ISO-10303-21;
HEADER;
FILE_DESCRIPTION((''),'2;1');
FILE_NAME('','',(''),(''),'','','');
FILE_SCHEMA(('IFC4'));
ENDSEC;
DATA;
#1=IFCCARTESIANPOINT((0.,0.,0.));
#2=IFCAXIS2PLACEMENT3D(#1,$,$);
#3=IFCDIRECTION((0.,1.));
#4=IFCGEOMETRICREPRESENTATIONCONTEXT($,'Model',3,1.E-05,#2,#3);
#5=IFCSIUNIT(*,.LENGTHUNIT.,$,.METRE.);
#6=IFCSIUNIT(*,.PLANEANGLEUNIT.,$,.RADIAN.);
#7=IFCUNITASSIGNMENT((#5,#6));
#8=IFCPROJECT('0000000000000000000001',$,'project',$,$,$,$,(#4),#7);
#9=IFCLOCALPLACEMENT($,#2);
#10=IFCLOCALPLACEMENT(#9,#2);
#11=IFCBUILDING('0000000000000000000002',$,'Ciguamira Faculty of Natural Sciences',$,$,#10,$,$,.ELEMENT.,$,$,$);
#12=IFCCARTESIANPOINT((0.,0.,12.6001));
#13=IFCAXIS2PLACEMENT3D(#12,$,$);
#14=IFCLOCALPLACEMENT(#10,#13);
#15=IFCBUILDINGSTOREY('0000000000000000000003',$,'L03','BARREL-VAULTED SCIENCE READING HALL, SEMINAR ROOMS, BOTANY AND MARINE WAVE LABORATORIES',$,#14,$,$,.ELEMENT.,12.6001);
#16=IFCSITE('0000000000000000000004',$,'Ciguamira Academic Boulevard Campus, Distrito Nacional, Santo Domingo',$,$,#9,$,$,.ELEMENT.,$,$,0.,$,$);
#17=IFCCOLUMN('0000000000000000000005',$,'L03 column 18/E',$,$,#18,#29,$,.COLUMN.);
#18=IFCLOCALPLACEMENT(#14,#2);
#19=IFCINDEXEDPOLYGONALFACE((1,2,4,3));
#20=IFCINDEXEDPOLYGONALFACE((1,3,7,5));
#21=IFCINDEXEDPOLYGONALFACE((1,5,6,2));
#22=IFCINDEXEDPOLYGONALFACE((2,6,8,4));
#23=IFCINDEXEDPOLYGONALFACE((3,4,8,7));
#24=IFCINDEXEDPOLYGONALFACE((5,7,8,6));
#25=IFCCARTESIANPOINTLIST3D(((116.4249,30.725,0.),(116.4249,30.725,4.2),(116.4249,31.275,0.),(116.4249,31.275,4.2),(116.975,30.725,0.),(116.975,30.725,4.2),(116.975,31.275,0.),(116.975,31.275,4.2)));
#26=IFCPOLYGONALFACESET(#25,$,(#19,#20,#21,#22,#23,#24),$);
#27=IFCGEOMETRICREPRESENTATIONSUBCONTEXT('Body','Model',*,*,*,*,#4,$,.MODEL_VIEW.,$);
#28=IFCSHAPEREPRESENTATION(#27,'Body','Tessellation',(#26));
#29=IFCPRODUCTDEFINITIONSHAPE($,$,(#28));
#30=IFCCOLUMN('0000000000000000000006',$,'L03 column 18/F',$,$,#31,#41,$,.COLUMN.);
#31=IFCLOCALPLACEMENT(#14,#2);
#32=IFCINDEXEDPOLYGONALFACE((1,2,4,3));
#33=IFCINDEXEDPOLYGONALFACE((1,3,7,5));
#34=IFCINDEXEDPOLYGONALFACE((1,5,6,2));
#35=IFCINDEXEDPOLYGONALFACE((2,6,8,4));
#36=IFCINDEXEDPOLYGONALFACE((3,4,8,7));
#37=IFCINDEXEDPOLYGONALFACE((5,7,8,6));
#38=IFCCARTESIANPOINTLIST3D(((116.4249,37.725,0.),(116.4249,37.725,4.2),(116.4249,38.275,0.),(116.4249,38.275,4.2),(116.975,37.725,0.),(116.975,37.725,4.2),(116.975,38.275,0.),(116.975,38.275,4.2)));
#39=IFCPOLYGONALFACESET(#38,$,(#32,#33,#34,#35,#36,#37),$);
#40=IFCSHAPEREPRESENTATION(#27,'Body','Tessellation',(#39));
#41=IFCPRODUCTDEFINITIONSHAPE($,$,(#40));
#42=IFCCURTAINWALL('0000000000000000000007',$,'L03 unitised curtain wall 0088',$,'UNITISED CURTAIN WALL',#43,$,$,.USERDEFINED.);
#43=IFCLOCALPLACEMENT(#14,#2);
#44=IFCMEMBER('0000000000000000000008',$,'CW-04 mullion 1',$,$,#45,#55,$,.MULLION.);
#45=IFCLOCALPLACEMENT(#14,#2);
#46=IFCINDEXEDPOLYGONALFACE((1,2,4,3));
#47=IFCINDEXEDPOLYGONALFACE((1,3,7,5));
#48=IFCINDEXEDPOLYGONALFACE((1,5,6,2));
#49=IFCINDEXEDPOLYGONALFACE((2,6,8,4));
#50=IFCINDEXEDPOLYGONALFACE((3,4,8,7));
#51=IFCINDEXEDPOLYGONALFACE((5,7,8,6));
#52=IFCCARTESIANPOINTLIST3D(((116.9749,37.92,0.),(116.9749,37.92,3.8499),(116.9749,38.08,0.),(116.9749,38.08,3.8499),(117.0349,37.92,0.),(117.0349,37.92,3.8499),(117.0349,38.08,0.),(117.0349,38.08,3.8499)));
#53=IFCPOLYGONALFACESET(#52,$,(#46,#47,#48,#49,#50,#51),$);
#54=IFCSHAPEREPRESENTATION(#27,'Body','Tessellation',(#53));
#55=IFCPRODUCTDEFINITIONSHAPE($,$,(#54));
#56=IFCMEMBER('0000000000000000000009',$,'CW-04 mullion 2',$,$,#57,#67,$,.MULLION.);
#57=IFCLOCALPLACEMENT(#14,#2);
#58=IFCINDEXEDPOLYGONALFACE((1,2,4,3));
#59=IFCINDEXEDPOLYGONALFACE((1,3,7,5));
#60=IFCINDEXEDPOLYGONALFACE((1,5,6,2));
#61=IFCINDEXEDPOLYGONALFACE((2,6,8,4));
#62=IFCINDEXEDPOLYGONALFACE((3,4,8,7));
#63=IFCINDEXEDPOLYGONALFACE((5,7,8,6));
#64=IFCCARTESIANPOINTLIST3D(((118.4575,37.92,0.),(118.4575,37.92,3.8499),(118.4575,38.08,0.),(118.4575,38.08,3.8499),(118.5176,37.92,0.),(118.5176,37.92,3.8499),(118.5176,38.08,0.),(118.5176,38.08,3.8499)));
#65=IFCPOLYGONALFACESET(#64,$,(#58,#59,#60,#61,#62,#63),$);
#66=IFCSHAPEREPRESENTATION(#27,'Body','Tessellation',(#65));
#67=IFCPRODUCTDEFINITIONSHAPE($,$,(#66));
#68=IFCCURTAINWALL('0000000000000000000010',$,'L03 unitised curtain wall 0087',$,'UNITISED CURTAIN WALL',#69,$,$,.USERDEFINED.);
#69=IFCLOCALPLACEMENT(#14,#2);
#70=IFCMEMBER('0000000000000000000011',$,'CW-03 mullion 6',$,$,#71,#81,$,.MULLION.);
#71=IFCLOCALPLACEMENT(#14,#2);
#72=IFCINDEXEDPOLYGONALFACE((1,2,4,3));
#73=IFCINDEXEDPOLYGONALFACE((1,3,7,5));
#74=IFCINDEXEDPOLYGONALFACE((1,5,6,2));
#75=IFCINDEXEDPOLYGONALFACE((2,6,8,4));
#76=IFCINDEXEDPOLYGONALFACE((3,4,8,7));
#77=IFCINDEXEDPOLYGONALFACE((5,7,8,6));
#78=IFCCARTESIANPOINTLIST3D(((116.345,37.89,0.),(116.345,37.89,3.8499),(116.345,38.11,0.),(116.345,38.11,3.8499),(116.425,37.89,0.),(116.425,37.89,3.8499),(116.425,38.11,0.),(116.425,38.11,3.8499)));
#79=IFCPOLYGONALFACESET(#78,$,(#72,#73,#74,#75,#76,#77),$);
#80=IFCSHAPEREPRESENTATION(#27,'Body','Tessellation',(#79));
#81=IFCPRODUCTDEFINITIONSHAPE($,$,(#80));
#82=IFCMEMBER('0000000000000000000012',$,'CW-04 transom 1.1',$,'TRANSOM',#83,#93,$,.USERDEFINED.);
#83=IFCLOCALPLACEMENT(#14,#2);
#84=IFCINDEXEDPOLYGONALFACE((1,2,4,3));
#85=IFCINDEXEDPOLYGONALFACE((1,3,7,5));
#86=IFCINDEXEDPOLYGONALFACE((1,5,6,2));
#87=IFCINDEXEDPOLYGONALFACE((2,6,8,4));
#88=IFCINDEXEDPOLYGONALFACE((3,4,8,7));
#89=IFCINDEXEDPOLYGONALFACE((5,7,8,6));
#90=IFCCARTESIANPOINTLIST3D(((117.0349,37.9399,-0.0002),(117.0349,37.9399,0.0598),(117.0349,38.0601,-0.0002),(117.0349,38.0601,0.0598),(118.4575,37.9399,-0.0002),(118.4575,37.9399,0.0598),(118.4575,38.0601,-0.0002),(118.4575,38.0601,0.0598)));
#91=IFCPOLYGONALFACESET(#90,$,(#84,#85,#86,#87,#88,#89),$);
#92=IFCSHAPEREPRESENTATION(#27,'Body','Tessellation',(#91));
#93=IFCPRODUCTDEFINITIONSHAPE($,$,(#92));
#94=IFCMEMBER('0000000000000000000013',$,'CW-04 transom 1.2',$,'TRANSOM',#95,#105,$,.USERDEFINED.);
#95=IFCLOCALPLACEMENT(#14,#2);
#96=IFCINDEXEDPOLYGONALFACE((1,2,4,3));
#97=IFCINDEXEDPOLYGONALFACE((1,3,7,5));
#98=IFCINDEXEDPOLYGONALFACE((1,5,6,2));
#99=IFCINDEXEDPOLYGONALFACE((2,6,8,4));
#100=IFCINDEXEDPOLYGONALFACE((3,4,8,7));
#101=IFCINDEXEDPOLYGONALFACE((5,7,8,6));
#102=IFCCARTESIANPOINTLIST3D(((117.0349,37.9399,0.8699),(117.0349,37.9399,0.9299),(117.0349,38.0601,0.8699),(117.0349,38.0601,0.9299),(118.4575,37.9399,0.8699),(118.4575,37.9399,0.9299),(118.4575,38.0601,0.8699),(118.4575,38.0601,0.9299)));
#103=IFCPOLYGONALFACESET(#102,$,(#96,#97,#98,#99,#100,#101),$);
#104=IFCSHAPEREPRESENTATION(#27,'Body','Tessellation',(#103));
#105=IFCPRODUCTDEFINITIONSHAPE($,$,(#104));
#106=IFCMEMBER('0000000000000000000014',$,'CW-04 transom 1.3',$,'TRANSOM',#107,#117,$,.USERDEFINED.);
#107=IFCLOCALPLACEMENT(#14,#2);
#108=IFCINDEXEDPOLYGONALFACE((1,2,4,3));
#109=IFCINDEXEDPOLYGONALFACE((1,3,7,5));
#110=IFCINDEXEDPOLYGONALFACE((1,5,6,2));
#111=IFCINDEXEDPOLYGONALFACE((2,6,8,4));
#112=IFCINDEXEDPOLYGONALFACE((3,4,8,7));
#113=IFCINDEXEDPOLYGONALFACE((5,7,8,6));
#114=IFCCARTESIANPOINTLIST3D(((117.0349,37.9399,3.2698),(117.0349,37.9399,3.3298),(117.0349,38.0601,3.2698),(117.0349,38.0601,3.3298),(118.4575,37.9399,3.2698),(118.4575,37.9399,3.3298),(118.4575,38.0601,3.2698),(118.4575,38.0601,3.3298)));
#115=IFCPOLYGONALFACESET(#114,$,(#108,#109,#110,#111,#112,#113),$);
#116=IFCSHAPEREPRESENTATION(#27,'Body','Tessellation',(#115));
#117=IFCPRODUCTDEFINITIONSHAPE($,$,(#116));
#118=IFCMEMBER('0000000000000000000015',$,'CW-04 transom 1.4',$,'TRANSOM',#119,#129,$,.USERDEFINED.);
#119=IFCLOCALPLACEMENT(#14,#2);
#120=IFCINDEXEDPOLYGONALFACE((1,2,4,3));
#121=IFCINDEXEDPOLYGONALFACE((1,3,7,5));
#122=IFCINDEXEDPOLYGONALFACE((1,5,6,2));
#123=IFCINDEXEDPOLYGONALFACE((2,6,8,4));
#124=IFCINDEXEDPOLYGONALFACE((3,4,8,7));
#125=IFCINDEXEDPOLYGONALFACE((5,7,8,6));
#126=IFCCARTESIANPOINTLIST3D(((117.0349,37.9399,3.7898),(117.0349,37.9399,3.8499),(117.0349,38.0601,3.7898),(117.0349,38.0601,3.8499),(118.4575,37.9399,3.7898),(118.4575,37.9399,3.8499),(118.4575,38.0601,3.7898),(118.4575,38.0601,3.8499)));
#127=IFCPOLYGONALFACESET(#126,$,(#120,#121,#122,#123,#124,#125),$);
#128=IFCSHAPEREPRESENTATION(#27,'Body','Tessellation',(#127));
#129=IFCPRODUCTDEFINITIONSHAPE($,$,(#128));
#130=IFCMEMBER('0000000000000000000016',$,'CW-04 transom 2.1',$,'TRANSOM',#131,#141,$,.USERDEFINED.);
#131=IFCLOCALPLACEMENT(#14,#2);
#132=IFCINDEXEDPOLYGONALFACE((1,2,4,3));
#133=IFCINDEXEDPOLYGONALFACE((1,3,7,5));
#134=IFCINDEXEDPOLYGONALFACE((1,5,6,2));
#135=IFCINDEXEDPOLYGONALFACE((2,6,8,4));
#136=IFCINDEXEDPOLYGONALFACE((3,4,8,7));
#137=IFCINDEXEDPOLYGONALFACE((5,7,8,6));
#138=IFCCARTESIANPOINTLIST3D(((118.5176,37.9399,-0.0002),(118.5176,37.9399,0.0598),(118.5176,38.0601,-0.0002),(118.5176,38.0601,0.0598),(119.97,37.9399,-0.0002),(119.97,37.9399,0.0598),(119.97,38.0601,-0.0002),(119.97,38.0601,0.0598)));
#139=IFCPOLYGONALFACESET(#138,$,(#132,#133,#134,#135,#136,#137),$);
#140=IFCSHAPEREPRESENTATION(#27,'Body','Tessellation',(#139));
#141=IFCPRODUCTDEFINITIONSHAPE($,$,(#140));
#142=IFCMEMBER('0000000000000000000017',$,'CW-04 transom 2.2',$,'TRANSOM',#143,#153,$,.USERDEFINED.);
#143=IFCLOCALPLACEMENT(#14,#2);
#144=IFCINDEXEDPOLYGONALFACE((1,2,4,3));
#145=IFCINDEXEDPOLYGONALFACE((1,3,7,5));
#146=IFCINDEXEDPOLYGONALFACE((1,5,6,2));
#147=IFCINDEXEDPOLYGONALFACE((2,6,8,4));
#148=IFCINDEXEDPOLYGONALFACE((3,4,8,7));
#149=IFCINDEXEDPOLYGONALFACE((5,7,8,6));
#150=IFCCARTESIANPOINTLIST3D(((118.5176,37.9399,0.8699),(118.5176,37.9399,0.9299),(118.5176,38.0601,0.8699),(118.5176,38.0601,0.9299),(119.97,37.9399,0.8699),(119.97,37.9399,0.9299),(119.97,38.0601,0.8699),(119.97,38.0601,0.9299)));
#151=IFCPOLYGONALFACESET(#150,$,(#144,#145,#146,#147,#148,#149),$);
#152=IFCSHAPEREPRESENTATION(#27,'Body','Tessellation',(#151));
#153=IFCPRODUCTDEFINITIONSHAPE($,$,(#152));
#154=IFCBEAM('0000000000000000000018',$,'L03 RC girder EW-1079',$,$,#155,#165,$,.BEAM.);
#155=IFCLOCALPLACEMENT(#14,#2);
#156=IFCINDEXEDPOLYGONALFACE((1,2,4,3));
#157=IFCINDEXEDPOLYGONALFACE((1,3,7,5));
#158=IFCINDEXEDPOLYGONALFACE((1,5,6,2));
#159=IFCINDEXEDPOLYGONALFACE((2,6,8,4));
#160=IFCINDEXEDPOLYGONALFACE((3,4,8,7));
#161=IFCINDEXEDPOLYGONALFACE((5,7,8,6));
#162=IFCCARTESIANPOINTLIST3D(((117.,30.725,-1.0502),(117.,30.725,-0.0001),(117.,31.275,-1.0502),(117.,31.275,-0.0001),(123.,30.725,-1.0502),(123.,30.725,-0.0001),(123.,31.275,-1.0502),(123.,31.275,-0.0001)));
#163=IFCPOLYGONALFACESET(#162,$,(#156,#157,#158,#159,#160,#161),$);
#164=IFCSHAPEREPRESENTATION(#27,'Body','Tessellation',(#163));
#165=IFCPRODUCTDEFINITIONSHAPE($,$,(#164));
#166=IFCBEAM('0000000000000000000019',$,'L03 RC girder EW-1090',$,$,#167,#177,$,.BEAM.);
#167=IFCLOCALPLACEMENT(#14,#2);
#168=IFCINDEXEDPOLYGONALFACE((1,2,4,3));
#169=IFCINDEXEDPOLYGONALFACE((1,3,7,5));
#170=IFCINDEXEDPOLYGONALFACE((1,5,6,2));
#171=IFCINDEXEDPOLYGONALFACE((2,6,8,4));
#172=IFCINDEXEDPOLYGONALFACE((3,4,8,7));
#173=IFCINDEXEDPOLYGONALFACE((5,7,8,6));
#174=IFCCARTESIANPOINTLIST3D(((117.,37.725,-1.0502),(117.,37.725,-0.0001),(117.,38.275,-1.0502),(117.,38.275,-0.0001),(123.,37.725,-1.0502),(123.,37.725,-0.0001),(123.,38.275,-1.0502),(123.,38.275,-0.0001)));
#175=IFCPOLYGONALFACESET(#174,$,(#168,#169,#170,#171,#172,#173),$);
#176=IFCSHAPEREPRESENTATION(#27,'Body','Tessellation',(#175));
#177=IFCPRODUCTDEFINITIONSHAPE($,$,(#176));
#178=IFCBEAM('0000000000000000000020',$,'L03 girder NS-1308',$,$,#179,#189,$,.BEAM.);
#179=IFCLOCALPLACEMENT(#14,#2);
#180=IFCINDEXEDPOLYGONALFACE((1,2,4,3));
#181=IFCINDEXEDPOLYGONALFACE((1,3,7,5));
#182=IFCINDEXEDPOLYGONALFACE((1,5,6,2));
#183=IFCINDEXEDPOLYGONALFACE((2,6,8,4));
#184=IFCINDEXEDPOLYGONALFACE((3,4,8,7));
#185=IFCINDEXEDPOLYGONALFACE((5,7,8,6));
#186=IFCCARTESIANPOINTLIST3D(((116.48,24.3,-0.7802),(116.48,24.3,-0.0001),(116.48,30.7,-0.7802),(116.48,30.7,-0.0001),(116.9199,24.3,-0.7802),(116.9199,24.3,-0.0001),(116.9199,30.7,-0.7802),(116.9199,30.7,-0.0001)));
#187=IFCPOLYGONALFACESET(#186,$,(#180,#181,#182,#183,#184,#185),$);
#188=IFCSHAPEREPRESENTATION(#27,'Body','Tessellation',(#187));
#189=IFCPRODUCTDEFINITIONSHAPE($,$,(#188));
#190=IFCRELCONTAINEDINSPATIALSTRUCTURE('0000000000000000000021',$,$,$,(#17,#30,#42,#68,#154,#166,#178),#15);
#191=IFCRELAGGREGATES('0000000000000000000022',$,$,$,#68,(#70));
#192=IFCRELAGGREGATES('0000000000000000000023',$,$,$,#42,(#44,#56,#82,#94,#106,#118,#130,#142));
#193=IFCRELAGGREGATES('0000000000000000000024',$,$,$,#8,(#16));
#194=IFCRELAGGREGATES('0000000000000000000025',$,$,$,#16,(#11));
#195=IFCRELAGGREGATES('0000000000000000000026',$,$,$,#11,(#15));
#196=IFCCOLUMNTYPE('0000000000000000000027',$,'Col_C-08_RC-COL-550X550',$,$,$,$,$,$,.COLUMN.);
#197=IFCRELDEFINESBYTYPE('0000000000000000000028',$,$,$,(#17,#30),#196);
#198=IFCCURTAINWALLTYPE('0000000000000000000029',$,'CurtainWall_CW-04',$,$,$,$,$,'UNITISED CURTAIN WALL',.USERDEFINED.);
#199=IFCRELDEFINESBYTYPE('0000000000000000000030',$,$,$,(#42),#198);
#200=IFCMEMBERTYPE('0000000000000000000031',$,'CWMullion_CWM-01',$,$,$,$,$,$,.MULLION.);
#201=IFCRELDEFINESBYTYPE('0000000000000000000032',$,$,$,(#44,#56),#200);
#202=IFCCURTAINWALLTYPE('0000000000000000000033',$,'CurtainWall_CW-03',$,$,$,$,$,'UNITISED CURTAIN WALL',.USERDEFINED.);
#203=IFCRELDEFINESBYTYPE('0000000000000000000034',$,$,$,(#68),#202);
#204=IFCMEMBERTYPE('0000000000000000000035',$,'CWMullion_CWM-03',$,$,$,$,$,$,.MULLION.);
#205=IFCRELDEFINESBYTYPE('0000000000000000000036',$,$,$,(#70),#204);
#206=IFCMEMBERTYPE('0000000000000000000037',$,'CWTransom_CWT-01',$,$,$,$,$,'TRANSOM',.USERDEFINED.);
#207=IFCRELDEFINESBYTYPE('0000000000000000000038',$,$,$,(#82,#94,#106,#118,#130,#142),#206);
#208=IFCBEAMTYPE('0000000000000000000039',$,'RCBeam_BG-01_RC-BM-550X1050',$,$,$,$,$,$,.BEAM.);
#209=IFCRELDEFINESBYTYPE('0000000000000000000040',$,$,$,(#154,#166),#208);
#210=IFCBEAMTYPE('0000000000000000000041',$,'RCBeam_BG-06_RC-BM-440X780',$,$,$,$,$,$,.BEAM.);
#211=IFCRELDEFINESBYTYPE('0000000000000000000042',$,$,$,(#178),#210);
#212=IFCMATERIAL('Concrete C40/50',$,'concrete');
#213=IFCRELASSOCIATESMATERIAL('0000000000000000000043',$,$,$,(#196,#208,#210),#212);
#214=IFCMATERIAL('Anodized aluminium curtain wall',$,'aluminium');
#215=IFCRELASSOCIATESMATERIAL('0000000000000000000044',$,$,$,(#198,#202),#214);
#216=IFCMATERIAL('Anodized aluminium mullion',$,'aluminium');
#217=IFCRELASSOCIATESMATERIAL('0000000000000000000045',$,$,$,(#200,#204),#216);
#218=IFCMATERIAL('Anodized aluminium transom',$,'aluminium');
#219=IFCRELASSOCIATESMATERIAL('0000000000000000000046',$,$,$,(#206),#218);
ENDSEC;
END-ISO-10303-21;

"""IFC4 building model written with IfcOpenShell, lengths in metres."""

from ifc_helpers import new_model, si_unit, direction, frame, origin, origin_2d, place, context, subcontext, project, spatial, rectangle, extrude, material, material_profile, profile_set, type_object, element, aggregate, save


model = new_model("IFC4")

# Units and contexts
model_context = context("Model", 3, precision=1e-05, world=origin(), true_north=direction((0.0, 1.0)))
body_context = subcontext(model_context, "Body", "Model", "MODEL_VIEW")
ifc_project = project(units=[si_unit("LENGTHUNIT", "METRE"), si_unit("PLANEANGLEUNIT", "RADIAN")], contexts=[model_context])

# Site, building, storey
site_placement = place(None, origin())
site = spatial("IfcSite", under=ifc_project, at=site_placement, Name="Ciguamira Academic Boulevard Campus, Distrito Nacional, Santo Domingo", CompositionType="ELEMENT", RefElevation=0.0)
building_placement = place(site_placement, origin())
building = spatial("IfcBuilding", under=site, at=building_placement, Name="Ciguamira Faculty of Natural Sciences", CompositionType="ELEMENT")
storey_placement = place(building_placement, frame((0.0, 0.0, 12.6001)))
storey = spatial("IfcBuildingStorey", under=building, at=storey_placement, Name="L03", Description="BARREL-VAULTED SCIENCE READING HALL, SEMINAR ROOMS, BOTANY AND MARINE WAVE LABORATORIES", CompositionType="ELEMENT", Elevation=12.6001)

# Columns
ifc_material_1 = material(Name="Concrete C40/50", Category="concrete")
ifc_material_profile_1 = material_profile(ifc_material_1, rectangle(XDim=0.55, YDim=0.55, at=origin_2d()), Name="RC-COL-550X550")
ifc_profile_set_1 = profile_set([ifc_material_profile_1], Name="Concrete C40/50")
column_type = type_object("IfcColumnType", Name="Col_C-08_RC-COL-550X550", PredefinedType="COLUMN", material=ifc_profile_set_1)
for number, where, z_axis, x_axis, name in (
    (1, (116.7, 31.0, 0.0), (0.0, 0.0, 1.0), (1.0, 0.0, 0.0), "L03 column 18/E"),
    (2, (116.7, 38.0, 0.0), (0.0, 0.0, 1.0), (1.0, 0.0, 0.0), "L03 column 18/F"),
):
    element("IfcColumn", number, at=place(storey_placement, frame(where, z_axis=z_axis, x_axis=x_axis)), inside=storey, type_object=column_type, Name=name, PredefinedType="COLUMN", context=body_context, shape_type="SweptSolid", body=[
        extrude(rectangle(XDim=0.55, YDim=0.55, at=origin_2d()), origin(), (0.0, 0.0, 1.0), 4.2),
    ])

# Curtain wall, members
ifc_material_2 = material(Name="Anodized aluminium curtain wall", Category="aluminium")
curtain_wall_type_1 = type_object("IfcCurtainWallType", Name="CurtainWall_CW-04", ElementType="UNITISED CURTAIN WALL", PredefinedType="USERDEFINED", material=ifc_material_2)
curtain_wall_1_placement = place(storey_placement, origin())
curtain_wall_1 = element("IfcCurtainWall", 3, at=curtain_wall_1_placement, inside=storey, type_object=curtain_wall_type_1, Name="L03 unitised curtain wall 0088", ObjectType="UNITISED CURTAIN WALL", PredefinedType="USERDEFINED")
ifc_material_3 = material(Name="Anodized aluminium mullion", Category="aluminium")
ifc_material_profile_2 = material_profile(ifc_material_3, rectangle(XDim=0.0601, YDim=0.1599, at=origin_2d()), Name="ALU-MUL-60X160")
ifc_profile_set_2 = profile_set([ifc_material_profile_2], Name="Anodized aluminium mullion")
member_type_1 = type_object("IfcMemberType", Name="CWMullion_CWM-01", PredefinedType="MULLION", material=ifc_profile_set_2)
member_1_placement = place(storey_placement, frame((117.0049, 38.0, 0.0), z_axis=(0.0, 0.0, 1.0), x_axis=(1.0, 0.0, 0.0)))
member_1 = element("IfcMember", 4, at=member_1_placement, type_object=member_type_1, Name="CW-04 mullion 1", PredefinedType="MULLION", context=body_context, shape_type="SweptSolid", body=[
    extrude(rectangle(XDim=0.0601, YDim=0.1599, at=origin_2d()), origin(), (0.0, 0.0, 1.0), 3.8499),
])
member_2_placement = place(storey_placement, frame((118.4875, 38.0, 0.0), z_axis=(0.0, 0.0, 1.0), x_axis=(1.0, 0.0, 0.0)))
member_2 = element("IfcMember", 5, at=member_2_placement, type_object=member_type_1, Name="CW-04 mullion 2", PredefinedType="MULLION", context=body_context, shape_type="SweptSolid", body=[
    extrude(rectangle(XDim=0.0601, YDim=0.1599, at=origin_2d()), origin(), (0.0, 0.0, 1.0), 3.8499),
])

# Curtain wall, member
curtain_wall_type_2 = type_object("IfcCurtainWallType", Name="CurtainWall_CW-03", ElementType="UNITISED CURTAIN WALL", PredefinedType="USERDEFINED", material=ifc_material_2)
curtain_wall_2_placement = place(storey_placement, origin())
curtain_wall_2 = element("IfcCurtainWall", 6, at=curtain_wall_2_placement, inside=storey, type_object=curtain_wall_type_2, Name="L03 unitised curtain wall 0087", ObjectType="UNITISED CURTAIN WALL", PredefinedType="USERDEFINED")
ifc_material_profile_3 = material_profile(ifc_material_3, rectangle(XDim=0.0801, YDim=0.22, at=origin_2d()), Name="ALU-MUL-80X220")
ifc_profile_set_3 = profile_set([ifc_material_profile_3], Name="Anodized aluminium mullion")
member_type_2 = type_object("IfcMemberType", Name="CWMullion_CWM-03", PredefinedType="MULLION", material=ifc_profile_set_3)
member_3_placement = place(storey_placement, frame((116.385, 38.0, 0.0), z_axis=(0.0, 0.0, 1.0), x_axis=(1.0, 0.0, 0.0)))
member_3 = element("IfcMember", 7, at=member_3_placement, type_object=member_type_2, Name="CW-03 mullion 6", PredefinedType="MULLION", context=body_context, shape_type="SweptSolid", body=[
    extrude(rectangle(XDim=0.0801, YDim=0.22, at=origin_2d()), origin(), (0.0, 0.0, 1.0), 3.8499),
])
aggregate(curtain_wall_2, [member_3])

# Members
ifc_material_4 = material(Name="Anodized aluminium transom", Category="aluminium")
ifc_material_profile_4 = material_profile(ifc_material_4, rectangle(XDim=0.0601, YDim=0.1201, at=origin_2d()), Name="ALU-TRN-60X120")
ifc_profile_set_4 = profile_set([ifc_material_profile_4], Name="Anodized aluminium transom")
member_type_3 = type_object("IfcMemberType", Name="CWTransom_CWT-01", ElementType="TRANSOM", PredefinedType="USERDEFINED", material=ifc_profile_set_4)
member_4_placement = place(storey_placement, frame((117.0349, 38.0, 0.0298), z_axis=(1.0, 0.0, 0.0), x_axis=(0.0, 0.0, 1.0)))
member_4 = element("IfcMember", 8, at=member_4_placement, type_object=member_type_3, Name="CW-04 transom 1.1", ObjectType="TRANSOM", PredefinedType="USERDEFINED", context=body_context, shape_type="SweptSolid", body=[
    extrude(rectangle(XDim=0.0601, YDim=0.1201, at=origin_2d()), origin(), (0.0, 0.0, 1.0), 1.4226),
])
member_5_placement = place(storey_placement, frame((117.0349, 38.0, 0.8999), z_axis=(1.0, 0.0, 0.0), x_axis=(0.0, 0.0, 1.0)))
member_5 = element("IfcMember", 9, at=member_5_placement, type_object=member_type_3, Name="CW-04 transom 1.2", ObjectType="TRANSOM", PredefinedType="USERDEFINED", context=body_context, shape_type="SweptSolid", body=[
    extrude(rectangle(XDim=0.0601, YDim=0.1201, at=origin_2d()), origin(), (0.0, 0.0, 1.0), 1.4226),
])
member_6_placement = place(storey_placement, frame((117.0349, 38.0, 3.2998), z_axis=(1.0, 0.0, 0.0), x_axis=(0.0, 0.0, 1.0)))
member_6 = element("IfcMember", 10, at=member_6_placement, type_object=member_type_3, Name="CW-04 transom 1.3", ObjectType="TRANSOM", PredefinedType="USERDEFINED", context=body_context, shape_type="SweptSolid", body=[
    extrude(rectangle(XDim=0.0601, YDim=0.1201, at=origin_2d()), origin(), (0.0, 0.0, 1.0), 1.4226),
])
member_7_placement = place(storey_placement, frame((117.0349, 38.0, 3.8198), z_axis=(1.0, 0.0, 0.0), x_axis=(0.0, 0.0, 1.0)))
member_7 = element("IfcMember", 11, at=member_7_placement, type_object=member_type_3, Name="CW-04 transom 1.4", ObjectType="TRANSOM", PredefinedType="USERDEFINED", context=body_context, shape_type="SweptSolid", body=[
    extrude(rectangle(XDim=0.0601, YDim=0.1201, at=origin_2d()), origin(), (0.0, 0.0, 1.0), 1.4226),
])
member_8_placement = place(storey_placement, frame((118.5176, 38.0, 0.0298), z_axis=(1.0, 0.0, 0.0), x_axis=(0.0, 0.0, 1.0)))
member_8 = element("IfcMember", 12, at=member_8_placement, type_object=member_type_3, Name="CW-04 transom 2.1", ObjectType="TRANSOM", PredefinedType="USERDEFINED", context=body_context, shape_type="SweptSolid", body=[
    extrude(rectangle(XDim=0.0601, YDim=0.1201, at=origin_2d()), origin(), (0.0, 0.0, 1.0), 1.4524),
])
member_9_placement = place(storey_placement, frame((118.5176, 38.0, 0.8999), z_axis=(1.0, 0.0, 0.0), x_axis=(0.0, 0.0, 1.0)))
member_9 = element("IfcMember", 13, at=member_9_placement, type_object=member_type_3, Name="CW-04 transom 2.2", ObjectType="TRANSOM", PredefinedType="USERDEFINED", context=body_context, shape_type="SweptSolid", body=[
    extrude(rectangle(XDim=0.0601, YDim=0.1201, at=origin_2d()), origin(), (0.0, 0.0, 1.0), 1.4524),
])

# Beams
ifc_material_profile_5 = material_profile(ifc_material_1, rectangle(XDim=0.55, YDim=1.05, at=origin_2d()), Name="RC-BM-550X1050")
ifc_profile_set_5 = profile_set([ifc_material_profile_5], Name="Concrete C40/50")
beam_type_1 = type_object("IfcBeamType", Name="RCBeam_BG-01_RC-BM-550X1050", PredefinedType="BEAM", material=ifc_profile_set_5)
for number, where, z_axis, x_axis, name in (
    (14, (117.0, 31.0, -0.5251), (1.0, 0.0, 0.0), (0.0, 1.0, 0.0), "L03 RC girder EW-1079"),
    (15, (117.0, 38.0, -0.5251), (1.0, 0.0, 0.0), (0.0, 1.0, 0.0), "L03 RC girder EW-1090"),
):
    element("IfcBeam", number, at=place(storey_placement, frame(where, z_axis=z_axis, x_axis=x_axis)), inside=storey, type_object=beam_type_1, Name=name, PredefinedType="BEAM", context=body_context, shape_type="SweptSolid", body=[
        extrude(rectangle(XDim=0.55, YDim=1.05, at=origin_2d()), origin(), (0.0, 0.0, 1.0), 6.0),
    ])
ifc_material_profile_6 = material_profile(ifc_material_1, rectangle(XDim=0.4399, YDim=0.78, at=origin_2d()), Name="RC-BM-440X780")
ifc_profile_set_6 = profile_set([ifc_material_profile_6], Name="Concrete C40/50")
beam_type_2 = type_object("IfcBeamType", Name="RCBeam_BG-06_RC-BM-440X780", PredefinedType="BEAM", material=ifc_profile_set_6)
beam_1_placement = place(storey_placement, frame((116.7, 24.3, -0.3901), z_axis=(0.0, 1.0, 0.0), x_axis=(-1.0, 0.0, 0.0)))
element("IfcBeam", 16, at=beam_1_placement, inside=storey, type_object=beam_type_2, Name="L03 girder NS-1308", PredefinedType="BEAM", context=body_context, shape_type="SweptSolid", body=[
    extrude(rectangle(XDim=0.4399, YDim=0.78, at=origin_2d()), origin(), (0.0, 0.0, 1.0), 6.3999),
])

aggregate(curtain_wall_1, [member_1, member_2, member_4, member_5, member_6, member_7, member_8, member_9])

save(model, "model.ifc")
